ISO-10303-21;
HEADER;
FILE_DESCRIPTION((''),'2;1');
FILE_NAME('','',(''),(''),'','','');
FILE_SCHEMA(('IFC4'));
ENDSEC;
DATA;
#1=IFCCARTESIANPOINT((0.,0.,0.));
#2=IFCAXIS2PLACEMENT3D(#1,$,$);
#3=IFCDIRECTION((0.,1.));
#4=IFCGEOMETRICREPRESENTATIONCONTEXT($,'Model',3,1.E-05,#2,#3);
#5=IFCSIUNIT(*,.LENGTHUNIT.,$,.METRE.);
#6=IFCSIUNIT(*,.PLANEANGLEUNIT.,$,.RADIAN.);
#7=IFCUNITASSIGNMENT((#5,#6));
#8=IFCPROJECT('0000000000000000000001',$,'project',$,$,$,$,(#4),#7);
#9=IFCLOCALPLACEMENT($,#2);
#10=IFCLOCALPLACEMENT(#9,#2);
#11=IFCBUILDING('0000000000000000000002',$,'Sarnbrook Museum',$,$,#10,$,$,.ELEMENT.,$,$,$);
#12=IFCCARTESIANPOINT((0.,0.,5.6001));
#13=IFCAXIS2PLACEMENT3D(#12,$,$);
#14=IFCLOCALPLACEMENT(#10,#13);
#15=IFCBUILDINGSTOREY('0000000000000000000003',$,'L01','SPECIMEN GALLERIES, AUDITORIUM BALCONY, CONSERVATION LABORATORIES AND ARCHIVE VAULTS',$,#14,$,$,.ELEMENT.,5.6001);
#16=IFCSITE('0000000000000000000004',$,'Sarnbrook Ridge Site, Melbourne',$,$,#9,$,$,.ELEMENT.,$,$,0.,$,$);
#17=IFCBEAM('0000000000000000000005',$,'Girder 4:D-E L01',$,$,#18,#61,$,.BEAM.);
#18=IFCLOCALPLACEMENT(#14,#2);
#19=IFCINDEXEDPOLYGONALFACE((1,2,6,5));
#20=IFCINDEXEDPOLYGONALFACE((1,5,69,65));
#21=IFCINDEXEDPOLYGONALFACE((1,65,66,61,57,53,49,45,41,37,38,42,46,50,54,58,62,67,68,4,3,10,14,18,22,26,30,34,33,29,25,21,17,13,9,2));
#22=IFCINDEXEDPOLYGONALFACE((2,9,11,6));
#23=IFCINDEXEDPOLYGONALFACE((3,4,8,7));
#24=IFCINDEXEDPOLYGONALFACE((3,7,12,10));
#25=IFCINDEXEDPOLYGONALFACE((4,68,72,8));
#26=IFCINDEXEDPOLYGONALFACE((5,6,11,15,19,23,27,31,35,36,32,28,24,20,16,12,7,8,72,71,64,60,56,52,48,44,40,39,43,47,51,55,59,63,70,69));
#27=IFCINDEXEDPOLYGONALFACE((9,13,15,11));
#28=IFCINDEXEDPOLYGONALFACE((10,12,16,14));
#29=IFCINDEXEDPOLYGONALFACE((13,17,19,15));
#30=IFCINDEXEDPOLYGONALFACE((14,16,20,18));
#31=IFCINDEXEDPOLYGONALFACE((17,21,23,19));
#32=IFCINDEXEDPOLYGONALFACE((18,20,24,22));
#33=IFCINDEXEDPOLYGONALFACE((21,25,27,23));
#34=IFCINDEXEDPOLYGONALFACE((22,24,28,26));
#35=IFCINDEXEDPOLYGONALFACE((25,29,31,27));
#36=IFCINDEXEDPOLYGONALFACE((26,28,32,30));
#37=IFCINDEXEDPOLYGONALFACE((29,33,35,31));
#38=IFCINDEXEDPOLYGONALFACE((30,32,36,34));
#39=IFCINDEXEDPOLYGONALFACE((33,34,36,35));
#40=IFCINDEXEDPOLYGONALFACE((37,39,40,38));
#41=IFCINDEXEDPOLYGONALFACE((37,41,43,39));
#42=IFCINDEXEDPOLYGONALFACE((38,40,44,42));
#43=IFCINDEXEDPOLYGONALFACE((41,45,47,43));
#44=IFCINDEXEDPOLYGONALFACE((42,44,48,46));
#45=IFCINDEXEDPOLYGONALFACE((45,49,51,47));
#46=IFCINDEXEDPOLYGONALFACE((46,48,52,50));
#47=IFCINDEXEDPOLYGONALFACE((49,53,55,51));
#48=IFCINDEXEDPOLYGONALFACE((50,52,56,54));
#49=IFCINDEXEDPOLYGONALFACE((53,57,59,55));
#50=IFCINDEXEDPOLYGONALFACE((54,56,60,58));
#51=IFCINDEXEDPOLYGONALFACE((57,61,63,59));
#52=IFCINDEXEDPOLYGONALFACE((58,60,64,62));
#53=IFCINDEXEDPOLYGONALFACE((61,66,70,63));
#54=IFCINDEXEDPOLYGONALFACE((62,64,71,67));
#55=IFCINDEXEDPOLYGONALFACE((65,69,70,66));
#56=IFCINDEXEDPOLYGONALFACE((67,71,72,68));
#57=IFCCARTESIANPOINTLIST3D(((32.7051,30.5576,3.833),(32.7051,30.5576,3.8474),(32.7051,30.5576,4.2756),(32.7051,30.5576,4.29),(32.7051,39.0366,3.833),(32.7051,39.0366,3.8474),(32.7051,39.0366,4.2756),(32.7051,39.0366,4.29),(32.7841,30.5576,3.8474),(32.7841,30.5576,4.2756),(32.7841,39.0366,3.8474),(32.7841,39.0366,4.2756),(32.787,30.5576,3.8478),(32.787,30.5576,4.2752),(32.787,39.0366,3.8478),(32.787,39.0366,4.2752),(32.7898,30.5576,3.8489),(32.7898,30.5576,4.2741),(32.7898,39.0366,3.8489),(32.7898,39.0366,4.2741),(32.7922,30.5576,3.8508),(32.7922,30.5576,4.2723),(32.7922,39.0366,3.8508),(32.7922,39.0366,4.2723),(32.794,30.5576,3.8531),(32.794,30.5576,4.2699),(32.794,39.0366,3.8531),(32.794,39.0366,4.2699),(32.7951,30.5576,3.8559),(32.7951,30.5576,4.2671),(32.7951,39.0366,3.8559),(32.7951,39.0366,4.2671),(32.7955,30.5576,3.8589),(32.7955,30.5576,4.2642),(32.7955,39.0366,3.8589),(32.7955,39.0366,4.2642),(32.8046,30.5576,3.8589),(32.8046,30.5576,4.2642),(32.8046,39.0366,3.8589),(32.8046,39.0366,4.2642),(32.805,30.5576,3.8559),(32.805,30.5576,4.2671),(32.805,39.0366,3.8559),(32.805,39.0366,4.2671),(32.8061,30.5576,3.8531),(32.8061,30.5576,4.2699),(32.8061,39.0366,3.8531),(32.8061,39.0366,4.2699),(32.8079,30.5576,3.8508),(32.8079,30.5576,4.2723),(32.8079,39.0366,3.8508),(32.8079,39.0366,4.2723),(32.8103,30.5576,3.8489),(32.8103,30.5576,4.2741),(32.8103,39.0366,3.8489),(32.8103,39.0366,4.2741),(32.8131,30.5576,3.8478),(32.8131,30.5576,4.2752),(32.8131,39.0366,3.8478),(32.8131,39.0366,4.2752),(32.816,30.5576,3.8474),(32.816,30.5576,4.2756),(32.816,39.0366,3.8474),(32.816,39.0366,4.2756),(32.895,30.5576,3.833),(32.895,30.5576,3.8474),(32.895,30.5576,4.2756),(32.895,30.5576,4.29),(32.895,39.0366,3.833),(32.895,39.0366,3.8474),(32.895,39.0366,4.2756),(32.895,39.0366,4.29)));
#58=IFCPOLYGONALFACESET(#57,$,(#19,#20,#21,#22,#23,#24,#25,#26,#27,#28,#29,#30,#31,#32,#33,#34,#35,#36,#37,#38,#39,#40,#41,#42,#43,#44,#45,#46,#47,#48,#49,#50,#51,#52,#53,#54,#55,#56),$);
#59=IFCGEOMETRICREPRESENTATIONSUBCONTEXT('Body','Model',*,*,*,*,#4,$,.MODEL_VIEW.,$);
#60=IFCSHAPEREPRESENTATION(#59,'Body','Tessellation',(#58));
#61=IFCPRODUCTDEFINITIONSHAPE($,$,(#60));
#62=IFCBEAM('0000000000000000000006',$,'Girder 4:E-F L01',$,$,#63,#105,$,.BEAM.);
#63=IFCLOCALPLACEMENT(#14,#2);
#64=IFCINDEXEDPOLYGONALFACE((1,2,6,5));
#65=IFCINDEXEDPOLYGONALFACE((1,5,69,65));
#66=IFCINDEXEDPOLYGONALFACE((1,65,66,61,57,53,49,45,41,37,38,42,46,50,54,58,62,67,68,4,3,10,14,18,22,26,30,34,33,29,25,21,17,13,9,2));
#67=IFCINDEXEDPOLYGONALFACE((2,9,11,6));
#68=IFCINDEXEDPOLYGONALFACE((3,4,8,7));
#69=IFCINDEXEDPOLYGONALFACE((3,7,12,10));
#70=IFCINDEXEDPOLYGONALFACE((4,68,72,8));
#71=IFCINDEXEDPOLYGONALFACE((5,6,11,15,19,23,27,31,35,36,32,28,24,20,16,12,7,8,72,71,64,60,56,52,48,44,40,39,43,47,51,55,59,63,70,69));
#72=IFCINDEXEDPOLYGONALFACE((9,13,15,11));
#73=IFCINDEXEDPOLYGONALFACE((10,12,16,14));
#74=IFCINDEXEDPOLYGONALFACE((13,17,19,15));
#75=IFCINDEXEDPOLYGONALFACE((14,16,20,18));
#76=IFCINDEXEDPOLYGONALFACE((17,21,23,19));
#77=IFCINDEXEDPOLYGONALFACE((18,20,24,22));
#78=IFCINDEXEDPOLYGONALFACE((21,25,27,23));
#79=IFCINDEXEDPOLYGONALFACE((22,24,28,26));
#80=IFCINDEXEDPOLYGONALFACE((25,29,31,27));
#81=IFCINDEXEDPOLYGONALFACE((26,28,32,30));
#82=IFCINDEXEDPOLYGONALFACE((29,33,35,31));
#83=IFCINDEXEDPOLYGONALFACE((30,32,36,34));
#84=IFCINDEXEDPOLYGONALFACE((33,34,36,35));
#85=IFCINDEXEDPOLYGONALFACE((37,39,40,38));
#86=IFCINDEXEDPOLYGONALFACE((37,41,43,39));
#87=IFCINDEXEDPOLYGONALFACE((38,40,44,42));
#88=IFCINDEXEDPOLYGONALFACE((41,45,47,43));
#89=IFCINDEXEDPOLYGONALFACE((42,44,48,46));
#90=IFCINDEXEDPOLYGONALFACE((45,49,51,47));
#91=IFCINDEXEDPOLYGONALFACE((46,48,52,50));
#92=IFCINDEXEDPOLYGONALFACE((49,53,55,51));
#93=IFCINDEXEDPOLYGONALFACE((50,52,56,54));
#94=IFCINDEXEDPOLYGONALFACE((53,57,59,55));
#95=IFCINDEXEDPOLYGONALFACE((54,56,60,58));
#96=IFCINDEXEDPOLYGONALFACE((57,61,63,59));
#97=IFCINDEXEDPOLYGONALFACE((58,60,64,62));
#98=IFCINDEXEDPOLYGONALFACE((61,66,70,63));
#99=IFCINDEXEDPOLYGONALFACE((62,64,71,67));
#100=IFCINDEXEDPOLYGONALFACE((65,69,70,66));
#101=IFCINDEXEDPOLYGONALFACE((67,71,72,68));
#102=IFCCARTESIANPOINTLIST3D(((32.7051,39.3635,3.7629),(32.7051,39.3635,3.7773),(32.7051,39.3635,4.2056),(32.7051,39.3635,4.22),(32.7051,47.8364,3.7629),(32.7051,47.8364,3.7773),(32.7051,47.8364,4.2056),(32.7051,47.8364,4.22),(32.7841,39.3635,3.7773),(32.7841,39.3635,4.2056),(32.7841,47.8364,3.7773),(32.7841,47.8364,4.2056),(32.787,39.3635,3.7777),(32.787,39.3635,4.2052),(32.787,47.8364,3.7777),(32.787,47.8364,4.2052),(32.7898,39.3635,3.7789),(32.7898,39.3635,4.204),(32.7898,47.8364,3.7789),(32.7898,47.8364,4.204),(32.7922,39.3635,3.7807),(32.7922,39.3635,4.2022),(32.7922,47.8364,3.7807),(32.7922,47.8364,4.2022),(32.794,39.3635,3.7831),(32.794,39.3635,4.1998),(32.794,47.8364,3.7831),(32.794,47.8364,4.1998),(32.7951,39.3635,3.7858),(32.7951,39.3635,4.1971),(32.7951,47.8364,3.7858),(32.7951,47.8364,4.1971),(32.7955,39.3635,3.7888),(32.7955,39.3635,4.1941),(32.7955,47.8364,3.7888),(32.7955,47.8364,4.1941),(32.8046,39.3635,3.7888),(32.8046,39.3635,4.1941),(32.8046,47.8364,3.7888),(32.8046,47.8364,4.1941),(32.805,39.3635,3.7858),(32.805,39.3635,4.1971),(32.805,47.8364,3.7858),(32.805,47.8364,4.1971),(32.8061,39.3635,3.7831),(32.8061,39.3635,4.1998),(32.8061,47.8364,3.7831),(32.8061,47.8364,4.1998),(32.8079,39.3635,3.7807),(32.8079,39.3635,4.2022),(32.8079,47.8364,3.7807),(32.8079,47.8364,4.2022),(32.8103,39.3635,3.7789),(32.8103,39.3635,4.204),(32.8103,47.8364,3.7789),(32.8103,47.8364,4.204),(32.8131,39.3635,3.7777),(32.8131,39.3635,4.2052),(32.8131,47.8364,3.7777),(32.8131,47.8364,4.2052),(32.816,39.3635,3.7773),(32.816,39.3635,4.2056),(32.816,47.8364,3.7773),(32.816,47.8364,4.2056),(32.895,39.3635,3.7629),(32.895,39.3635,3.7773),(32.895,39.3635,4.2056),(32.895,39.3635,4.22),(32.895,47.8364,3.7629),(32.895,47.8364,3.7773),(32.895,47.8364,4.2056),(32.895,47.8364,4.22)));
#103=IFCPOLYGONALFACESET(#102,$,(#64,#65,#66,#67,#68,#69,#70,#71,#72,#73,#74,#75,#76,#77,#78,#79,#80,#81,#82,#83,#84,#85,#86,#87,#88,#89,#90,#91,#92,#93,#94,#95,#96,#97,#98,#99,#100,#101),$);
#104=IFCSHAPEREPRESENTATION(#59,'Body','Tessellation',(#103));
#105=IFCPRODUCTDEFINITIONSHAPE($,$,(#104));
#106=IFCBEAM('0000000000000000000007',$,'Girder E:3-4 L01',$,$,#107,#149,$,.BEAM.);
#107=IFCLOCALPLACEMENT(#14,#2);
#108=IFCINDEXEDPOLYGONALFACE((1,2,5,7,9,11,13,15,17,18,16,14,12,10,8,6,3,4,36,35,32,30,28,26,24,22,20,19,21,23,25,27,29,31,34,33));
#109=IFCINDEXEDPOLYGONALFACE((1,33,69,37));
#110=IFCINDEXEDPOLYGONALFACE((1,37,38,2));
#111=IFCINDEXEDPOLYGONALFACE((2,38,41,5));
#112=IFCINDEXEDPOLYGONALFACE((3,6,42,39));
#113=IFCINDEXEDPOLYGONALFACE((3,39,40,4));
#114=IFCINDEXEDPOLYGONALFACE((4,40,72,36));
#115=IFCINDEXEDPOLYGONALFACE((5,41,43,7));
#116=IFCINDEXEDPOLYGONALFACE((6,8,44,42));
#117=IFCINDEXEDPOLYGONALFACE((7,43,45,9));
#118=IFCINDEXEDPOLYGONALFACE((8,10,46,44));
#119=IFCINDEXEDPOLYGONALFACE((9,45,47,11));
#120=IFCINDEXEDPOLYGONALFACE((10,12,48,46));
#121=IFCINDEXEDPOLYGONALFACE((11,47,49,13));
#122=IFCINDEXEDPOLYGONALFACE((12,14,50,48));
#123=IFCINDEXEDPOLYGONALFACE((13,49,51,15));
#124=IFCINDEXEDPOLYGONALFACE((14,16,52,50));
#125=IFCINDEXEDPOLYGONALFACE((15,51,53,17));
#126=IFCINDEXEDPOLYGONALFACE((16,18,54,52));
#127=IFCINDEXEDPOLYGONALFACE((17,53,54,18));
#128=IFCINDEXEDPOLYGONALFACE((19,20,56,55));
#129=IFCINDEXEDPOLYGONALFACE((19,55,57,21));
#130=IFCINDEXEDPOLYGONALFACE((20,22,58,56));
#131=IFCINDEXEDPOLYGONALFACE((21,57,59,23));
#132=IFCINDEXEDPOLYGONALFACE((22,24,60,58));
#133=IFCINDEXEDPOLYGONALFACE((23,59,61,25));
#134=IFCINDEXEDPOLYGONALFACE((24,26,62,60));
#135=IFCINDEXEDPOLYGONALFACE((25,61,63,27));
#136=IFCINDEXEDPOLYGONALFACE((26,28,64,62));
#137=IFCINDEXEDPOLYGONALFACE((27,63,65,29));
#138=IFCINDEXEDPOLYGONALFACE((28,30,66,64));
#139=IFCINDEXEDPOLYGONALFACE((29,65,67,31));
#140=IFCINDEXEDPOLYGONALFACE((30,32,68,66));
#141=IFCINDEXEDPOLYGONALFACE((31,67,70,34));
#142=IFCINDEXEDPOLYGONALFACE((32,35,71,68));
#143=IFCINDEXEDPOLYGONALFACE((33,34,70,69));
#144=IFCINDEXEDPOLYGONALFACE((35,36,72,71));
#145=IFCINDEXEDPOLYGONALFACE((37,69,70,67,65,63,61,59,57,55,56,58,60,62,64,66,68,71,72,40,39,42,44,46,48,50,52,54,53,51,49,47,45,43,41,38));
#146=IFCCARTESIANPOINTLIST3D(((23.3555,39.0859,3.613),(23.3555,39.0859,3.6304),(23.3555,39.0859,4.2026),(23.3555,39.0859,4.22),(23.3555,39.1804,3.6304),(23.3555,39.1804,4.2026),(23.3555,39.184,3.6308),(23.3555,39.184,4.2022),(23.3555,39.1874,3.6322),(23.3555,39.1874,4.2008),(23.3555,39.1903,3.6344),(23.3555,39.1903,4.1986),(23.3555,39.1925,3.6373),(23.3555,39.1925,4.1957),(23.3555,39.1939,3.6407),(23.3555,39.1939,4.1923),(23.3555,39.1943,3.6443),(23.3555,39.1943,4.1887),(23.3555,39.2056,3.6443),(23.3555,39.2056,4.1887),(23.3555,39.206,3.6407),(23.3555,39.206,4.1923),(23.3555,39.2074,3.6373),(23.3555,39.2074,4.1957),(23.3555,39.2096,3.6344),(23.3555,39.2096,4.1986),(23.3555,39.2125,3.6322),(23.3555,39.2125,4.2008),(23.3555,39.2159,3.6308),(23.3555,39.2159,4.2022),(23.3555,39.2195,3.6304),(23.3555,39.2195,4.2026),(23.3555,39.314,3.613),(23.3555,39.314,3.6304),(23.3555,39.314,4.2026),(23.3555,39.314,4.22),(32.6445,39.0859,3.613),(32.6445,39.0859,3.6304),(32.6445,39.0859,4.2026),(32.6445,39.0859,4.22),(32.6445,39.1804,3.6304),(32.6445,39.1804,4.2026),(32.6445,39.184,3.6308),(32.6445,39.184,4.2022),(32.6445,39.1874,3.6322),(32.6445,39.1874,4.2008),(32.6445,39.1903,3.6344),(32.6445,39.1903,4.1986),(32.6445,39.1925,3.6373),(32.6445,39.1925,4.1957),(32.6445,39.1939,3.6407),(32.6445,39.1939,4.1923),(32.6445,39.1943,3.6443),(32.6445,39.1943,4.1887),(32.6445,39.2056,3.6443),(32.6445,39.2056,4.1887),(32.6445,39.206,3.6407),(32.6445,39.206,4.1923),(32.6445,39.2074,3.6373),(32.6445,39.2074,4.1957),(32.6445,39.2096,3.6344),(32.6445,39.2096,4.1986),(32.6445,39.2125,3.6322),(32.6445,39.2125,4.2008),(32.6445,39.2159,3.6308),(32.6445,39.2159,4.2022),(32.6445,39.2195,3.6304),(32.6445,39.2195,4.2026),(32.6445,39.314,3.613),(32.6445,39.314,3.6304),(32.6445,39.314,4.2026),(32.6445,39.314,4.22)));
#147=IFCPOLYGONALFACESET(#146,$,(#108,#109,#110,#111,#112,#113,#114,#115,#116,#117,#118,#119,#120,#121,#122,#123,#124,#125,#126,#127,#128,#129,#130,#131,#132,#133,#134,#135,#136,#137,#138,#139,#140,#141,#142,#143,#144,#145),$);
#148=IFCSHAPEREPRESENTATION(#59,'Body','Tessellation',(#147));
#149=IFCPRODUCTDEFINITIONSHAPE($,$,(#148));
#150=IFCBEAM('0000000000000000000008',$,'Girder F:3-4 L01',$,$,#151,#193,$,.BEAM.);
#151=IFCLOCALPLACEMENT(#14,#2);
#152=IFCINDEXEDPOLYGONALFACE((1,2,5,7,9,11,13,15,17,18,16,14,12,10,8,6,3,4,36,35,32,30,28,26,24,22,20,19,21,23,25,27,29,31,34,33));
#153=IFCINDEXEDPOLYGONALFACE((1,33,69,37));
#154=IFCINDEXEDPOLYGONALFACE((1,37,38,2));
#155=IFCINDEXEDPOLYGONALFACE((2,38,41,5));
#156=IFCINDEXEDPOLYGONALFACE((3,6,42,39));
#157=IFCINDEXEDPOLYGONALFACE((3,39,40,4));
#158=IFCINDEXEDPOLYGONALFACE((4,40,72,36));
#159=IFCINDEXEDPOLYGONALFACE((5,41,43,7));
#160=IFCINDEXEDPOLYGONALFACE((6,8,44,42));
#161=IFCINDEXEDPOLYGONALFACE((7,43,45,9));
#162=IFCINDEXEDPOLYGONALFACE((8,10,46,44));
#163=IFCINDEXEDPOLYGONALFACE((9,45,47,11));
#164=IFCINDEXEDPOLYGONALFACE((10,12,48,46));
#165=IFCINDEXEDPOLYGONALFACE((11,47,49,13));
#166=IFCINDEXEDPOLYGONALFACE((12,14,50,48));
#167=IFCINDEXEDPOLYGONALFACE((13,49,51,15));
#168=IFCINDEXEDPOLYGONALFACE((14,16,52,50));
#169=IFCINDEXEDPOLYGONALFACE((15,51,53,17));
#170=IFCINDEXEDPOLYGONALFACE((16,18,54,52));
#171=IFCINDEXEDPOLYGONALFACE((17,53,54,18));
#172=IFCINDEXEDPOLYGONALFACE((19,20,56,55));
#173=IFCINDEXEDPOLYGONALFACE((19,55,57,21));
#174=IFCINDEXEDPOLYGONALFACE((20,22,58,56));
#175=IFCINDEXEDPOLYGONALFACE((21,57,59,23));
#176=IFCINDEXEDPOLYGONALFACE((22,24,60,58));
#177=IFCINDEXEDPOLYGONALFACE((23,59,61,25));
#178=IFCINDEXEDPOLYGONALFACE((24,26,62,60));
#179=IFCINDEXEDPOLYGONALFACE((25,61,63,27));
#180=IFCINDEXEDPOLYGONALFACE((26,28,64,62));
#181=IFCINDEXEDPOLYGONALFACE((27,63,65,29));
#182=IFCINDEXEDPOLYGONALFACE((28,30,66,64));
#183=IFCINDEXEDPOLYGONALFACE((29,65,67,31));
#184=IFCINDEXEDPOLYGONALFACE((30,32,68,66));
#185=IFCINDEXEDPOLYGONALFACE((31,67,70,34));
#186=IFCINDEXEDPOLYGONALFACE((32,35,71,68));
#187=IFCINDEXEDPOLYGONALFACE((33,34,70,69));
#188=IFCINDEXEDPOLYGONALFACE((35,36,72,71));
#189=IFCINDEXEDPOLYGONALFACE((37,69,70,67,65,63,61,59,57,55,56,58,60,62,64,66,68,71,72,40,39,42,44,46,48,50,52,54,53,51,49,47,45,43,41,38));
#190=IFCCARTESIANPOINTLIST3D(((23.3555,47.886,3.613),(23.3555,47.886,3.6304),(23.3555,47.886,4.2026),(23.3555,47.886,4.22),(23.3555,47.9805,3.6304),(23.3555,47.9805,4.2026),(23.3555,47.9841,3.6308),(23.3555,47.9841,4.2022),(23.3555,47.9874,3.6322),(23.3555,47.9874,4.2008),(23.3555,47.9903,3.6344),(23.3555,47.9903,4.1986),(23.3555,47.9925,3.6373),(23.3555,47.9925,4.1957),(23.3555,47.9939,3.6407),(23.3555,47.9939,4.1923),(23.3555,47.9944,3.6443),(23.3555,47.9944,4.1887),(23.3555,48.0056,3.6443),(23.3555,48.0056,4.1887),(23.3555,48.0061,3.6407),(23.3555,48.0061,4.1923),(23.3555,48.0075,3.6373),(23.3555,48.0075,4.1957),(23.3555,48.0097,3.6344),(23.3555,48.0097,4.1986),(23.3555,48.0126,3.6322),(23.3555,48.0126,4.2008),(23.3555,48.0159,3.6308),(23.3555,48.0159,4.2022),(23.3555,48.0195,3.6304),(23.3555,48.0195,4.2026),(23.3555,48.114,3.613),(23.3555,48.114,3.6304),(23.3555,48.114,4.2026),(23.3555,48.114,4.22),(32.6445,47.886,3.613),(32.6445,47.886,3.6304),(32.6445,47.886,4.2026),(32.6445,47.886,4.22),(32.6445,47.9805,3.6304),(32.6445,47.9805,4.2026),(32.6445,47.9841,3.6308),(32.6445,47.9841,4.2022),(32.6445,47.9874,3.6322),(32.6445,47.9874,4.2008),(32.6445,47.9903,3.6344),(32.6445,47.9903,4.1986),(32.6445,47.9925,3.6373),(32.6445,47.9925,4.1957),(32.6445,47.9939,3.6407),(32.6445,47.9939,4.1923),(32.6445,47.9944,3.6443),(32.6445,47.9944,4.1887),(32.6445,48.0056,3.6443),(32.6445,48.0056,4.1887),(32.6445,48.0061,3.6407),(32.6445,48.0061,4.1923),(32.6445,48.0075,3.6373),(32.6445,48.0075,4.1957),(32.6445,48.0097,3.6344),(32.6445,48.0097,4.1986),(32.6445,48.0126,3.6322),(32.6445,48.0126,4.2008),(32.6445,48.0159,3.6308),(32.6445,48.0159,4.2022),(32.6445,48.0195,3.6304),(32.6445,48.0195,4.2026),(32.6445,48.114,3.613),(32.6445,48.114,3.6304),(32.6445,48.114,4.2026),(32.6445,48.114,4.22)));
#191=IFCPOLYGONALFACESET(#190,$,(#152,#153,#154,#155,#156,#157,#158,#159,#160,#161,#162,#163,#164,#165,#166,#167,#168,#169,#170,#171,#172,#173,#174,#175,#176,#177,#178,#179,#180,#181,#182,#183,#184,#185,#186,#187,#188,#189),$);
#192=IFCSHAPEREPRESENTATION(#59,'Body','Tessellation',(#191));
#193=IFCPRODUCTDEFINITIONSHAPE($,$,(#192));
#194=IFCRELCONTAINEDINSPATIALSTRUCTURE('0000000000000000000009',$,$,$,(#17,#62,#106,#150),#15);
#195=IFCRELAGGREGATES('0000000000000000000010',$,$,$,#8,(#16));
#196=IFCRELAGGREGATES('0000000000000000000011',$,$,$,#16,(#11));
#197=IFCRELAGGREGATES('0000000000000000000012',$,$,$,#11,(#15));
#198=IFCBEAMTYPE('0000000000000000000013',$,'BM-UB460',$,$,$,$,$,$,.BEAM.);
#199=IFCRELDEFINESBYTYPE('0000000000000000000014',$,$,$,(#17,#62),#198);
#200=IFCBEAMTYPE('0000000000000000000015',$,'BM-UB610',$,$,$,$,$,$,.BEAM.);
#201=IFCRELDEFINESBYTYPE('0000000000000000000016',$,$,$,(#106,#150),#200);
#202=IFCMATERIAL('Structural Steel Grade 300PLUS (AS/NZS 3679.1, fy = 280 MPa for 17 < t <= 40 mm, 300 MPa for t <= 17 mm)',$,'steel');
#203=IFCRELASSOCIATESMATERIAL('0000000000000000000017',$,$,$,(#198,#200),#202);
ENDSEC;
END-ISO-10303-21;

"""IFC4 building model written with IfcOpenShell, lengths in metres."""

from ifc_helpers import new_model, si_unit, direction, frame, origin, origin_2d, place, context, subcontext, project, spatial, i_section, extrude, material, material_profile, profile_set, type_object, element, save


model = new_model("IFC4")

# Units and contexts
model_context = context("Model", 3, precision=1e-05, world=origin(), true_north=direction((0.0, 1.0)))
body_context = subcontext(model_context, "Body", "Model", "MODEL_VIEW")
ifc_project = project(units=[si_unit("LENGTHUNIT", "METRE"), si_unit("PLANEANGLEUNIT", "RADIAN")], contexts=[model_context])

# Site, building, storey
site_placement = place(None, origin())
site = spatial("IfcSite", under=ifc_project, at=site_placement, Name="Sarnbrook Ridge Site, Melbourne", CompositionType="ELEMENT", RefElevation=0.0)
building_placement = place(site_placement, origin())
building = spatial("IfcBuilding", under=site, at=building_placement, Name="Sarnbrook Museum", CompositionType="ELEMENT")
storey_placement = place(building_placement, frame((0.0, 0.0, 5.6001)))
storey = spatial("IfcBuildingStorey", under=building, at=storey_placement, Name="L01", Description="SPECIMEN GALLERIES, AUDITORIUM BALCONY, CONSERVATION LABORATORIES AND ARCHIVE VAULTS", CompositionType="ELEMENT", Elevation=5.6001)

# Shared definitions
ifc_material_1 = material(Name="Structural Steel Grade 300PLUS (AS/NZS 3679.1, fy = 280 MPa for 17 < t <= 40 mm, 300 MPa for t <= 17 mm)", Category="steel")

# Beams
ifc_material_profile_1 = material_profile(ifc_material_1, i_section(OverallWidth=0.1899, OverallDepth=0.457, WebThickness=0.009, FlangeThickness=0.0144, FilletRadius=0.0115, at=origin_2d()), Name="460UB74.6")
ifc_profile_set_1 = profile_set([ifc_material_profile_1], Name="Structural Steel Grade 300PLUS (AS/NZS 3679.1, fy = 280 MPa for 17 < t <= 40 mm, 300 MPa for t <= 17 mm)")
beam_type_1 = type_object("IfcBeamType", Name="BM-UB460", PredefinedType="BEAM", material=ifc_profile_set_1)
beam_1_placement = place(storey_placement, frame((32.8, 30.5576, 4.0615), z_axis=(0.0, 1.0, 0.0), x_axis=(-1.0, 0.0, 0.0)))
element("IfcBeam", 1, at=beam_1_placement, inside=storey, type_object=beam_type_1, Name="Girder 4:D-E L01", PredefinedType="BEAM", context=body_context, shape_type="SweptSolid", body=[
    extrude(i_section(OverallWidth=0.1899, OverallDepth=0.457, WebThickness=0.009, FlangeThickness=0.0144, FilletRadius=0.0115, at=origin_2d()), origin(), (0.0, 0.0, 1.0), 8.479),
])
beam_2_placement = place(storey_placement, frame((32.8, 39.3635, 3.9915), z_axis=(0.0, 1.0, 0.0), x_axis=(-1.0, 0.0, 0.0)))
element("IfcBeam", 2, at=beam_2_placement, inside=storey, type_object=beam_type_1, Name="Girder 4:E-F L01", PredefinedType="BEAM", context=body_context, shape_type="SweptSolid", body=[
    extrude(i_section(OverallWidth=0.1899, OverallDepth=0.457, WebThickness=0.009, FlangeThickness=0.0144, FilletRadius=0.0115, at=origin_2d()), origin(), (0.0, 0.0, 1.0), 8.4729),
])
ifc_material_profile_2 = material_profile(ifc_material_1, i_section(OverallWidth=0.228, OverallDepth=0.6069, WebThickness=0.0112, FlangeThickness=0.0173, FilletRadius=0.0139, at=origin_2d()), Name="610UB113")
ifc_profile_set_2 = profile_set([ifc_material_profile_2], Name="Structural Steel Grade 300PLUS (AS/NZS 3679.1, fy = 280 MPa for 17 < t <= 40 mm, 300 MPa for t <= 17 mm)")
beam_type_2 = type_object("IfcBeamType", Name="BM-UB610", PredefinedType="BEAM", material=ifc_profile_set_2)
for number, where, z_axis, x_axis, name in (
    (3, (23.3555, 39.2, 3.9165), (1.0, 0.0, 0.0), (0.0, 1.0, 0.0), "Girder E:3-4 L01"),
    (4, (23.3555, 48.0, 3.9165), (1.0, 0.0, 0.0), (0.0, 1.0, 0.0), "Girder F:3-4 L01"),
):
    element("IfcBeam", number, at=place(storey_placement, frame(where, z_axis=z_axis, x_axis=x_axis)), inside=storey, type_object=beam_type_2, Name=name, PredefinedType="BEAM", context=body_context, shape_type="SweptSolid", body=[
        extrude(i_section(OverallWidth=0.228, OverallDepth=0.6069, WebThickness=0.0112, FlangeThickness=0.0173, FilletRadius=0.0139, at=origin_2d()), origin(), (0.0, 0.0, 1.0), 9.2891),
    ])

save(model, "model.ifc")
